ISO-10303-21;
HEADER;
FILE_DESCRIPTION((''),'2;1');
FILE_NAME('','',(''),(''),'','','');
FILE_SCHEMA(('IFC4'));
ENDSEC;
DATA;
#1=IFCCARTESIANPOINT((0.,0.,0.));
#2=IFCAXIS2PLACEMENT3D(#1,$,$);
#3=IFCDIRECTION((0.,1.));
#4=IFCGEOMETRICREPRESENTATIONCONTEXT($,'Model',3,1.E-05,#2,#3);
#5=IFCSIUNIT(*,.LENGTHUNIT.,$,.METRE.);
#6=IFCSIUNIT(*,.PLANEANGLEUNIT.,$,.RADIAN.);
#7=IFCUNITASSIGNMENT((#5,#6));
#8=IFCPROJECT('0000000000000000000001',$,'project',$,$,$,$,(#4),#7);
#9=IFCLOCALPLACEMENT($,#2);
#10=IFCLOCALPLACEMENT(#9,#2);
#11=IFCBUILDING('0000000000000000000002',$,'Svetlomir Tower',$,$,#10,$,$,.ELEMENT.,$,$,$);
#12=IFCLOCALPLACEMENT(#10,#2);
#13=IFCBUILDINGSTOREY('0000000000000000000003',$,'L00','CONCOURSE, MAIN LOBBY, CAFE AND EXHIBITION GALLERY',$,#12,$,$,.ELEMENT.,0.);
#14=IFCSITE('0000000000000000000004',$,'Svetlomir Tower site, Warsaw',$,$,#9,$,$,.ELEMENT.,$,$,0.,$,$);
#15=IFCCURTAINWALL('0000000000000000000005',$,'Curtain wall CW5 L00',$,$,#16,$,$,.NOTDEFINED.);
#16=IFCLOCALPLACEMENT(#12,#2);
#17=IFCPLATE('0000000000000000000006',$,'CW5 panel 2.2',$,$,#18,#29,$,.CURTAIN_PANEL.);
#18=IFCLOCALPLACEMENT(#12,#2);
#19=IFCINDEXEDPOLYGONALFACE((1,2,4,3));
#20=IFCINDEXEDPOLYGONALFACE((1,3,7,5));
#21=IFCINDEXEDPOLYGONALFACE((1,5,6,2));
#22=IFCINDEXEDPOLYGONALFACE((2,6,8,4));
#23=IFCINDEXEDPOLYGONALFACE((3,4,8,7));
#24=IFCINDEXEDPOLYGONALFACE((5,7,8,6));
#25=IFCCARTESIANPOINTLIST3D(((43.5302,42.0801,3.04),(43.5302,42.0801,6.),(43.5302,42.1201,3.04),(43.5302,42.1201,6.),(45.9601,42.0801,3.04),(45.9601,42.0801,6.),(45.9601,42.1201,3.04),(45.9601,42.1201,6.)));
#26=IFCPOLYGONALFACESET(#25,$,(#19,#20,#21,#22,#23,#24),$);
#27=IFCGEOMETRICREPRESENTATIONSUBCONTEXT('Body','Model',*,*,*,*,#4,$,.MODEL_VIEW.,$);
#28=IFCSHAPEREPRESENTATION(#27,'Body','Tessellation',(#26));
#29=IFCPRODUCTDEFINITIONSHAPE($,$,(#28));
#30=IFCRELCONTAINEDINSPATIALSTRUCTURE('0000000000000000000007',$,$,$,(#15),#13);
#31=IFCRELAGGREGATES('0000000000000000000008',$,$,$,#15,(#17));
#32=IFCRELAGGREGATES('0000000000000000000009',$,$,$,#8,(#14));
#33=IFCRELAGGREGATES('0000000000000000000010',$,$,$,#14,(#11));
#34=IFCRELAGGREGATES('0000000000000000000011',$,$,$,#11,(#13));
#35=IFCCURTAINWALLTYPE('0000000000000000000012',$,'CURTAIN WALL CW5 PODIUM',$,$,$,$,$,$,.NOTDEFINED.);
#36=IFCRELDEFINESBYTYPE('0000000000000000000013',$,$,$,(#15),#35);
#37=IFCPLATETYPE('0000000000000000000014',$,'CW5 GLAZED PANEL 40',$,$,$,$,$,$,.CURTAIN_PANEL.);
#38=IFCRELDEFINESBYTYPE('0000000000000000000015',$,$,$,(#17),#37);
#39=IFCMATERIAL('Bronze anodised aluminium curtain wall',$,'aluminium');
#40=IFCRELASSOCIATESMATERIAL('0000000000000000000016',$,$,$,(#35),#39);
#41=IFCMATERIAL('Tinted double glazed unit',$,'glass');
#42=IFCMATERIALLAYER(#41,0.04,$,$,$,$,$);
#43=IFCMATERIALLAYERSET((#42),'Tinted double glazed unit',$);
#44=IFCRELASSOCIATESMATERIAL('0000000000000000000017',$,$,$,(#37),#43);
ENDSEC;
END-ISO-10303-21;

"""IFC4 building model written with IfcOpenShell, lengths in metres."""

from ifc_helpers import new_model, si_unit, direction, frame, origin, origin_2d, place, context, subcontext, project, spatial, rectangle, extrude, material, layer, layer_set, type_object, element, aggregate, save


model = new_model("IFC4")

# Units and contexts
model_context = context("Model", 3, precision=1e-05, world=origin(), true_north=direction((0.0, 1.0)))
body_context = subcontext(model_context, "Body", "Model", "MODEL_VIEW")
ifc_project = project(units=[si_unit("LENGTHUNIT", "METRE"), si_unit("PLANEANGLEUNIT", "RADIAN")], contexts=[model_context])

# Site, building, storey
site_placement = place(None, origin())
site = spatial("IfcSite", under=ifc_project, at=site_placement, Name="Svetlomir Tower site, Warsaw", CompositionType="ELEMENT", RefElevation=0.0)
building_placement = place(site_placement, origin())
building = spatial("IfcBuilding", under=site, at=building_placement, Name="Svetlomir Tower", CompositionType="ELEMENT")
storey_placement = place(building_placement, origin())
storey = spatial("IfcBuildingStorey", under=building, at=storey_placement, Name="L00", Description="CONCOURSE, MAIN LOBBY, CAFE AND EXHIBITION GALLERY", CompositionType="ELEMENT", Elevation=0.0)

# Curtain wall
ifc_material_1 = material(Name="Bronze anodised aluminium curtain wall", Category="aluminium")
curtain_wall_type = type_object("IfcCurtainWallType", Name="CURTAIN WALL CW5 PODIUM", PredefinedType="NOTDEFINED", material=ifc_material_1)
curtain_wall_1_placement = place(storey_placement, origin())
curtain_wall_1 = element("IfcCurtainWall", 1, at=curtain_wall_1_placement, inside=storey, type_object=curtain_wall_type, Name="Curtain wall CW5 L00", PredefinedType="NOTDEFINED")

# Plate
ifc_material_2 = material(Name="Tinted double glazed unit", Category="glass")
ifc_layer = layer(ifc_material_2, 0.04)
ifc_layer_set = layer_set([ifc_layer], Name="Tinted double glazed unit")
plate_type = type_object("IfcPlateType", Name="CW5 GLAZED PANEL 40", PredefinedType="CURTAIN_PANEL", material=ifc_layer_set)
plate_1_placement = place(storey_placement, frame((44.7451, 42.1001, 3.04), z_axis=(0.0, 0.0, 1.0), x_axis=(-1.0, 0.0, 0.0)))
plate_1 = element("IfcPlate", 2, at=plate_1_placement, type_object=plate_type, Name="CW5 panel 2.2", PredefinedType="CURTAIN_PANEL", context=body_context, shape_type="SweptSolid", body=[
    extrude(rectangle(XDim=2.4299, YDim=0.04, at=origin_2d()), origin(), (0.0, 0.0, 1.0), 2.96),
])
aggregate(curtain_wall_1, [plate_1])

save(model, "model.ifc")
